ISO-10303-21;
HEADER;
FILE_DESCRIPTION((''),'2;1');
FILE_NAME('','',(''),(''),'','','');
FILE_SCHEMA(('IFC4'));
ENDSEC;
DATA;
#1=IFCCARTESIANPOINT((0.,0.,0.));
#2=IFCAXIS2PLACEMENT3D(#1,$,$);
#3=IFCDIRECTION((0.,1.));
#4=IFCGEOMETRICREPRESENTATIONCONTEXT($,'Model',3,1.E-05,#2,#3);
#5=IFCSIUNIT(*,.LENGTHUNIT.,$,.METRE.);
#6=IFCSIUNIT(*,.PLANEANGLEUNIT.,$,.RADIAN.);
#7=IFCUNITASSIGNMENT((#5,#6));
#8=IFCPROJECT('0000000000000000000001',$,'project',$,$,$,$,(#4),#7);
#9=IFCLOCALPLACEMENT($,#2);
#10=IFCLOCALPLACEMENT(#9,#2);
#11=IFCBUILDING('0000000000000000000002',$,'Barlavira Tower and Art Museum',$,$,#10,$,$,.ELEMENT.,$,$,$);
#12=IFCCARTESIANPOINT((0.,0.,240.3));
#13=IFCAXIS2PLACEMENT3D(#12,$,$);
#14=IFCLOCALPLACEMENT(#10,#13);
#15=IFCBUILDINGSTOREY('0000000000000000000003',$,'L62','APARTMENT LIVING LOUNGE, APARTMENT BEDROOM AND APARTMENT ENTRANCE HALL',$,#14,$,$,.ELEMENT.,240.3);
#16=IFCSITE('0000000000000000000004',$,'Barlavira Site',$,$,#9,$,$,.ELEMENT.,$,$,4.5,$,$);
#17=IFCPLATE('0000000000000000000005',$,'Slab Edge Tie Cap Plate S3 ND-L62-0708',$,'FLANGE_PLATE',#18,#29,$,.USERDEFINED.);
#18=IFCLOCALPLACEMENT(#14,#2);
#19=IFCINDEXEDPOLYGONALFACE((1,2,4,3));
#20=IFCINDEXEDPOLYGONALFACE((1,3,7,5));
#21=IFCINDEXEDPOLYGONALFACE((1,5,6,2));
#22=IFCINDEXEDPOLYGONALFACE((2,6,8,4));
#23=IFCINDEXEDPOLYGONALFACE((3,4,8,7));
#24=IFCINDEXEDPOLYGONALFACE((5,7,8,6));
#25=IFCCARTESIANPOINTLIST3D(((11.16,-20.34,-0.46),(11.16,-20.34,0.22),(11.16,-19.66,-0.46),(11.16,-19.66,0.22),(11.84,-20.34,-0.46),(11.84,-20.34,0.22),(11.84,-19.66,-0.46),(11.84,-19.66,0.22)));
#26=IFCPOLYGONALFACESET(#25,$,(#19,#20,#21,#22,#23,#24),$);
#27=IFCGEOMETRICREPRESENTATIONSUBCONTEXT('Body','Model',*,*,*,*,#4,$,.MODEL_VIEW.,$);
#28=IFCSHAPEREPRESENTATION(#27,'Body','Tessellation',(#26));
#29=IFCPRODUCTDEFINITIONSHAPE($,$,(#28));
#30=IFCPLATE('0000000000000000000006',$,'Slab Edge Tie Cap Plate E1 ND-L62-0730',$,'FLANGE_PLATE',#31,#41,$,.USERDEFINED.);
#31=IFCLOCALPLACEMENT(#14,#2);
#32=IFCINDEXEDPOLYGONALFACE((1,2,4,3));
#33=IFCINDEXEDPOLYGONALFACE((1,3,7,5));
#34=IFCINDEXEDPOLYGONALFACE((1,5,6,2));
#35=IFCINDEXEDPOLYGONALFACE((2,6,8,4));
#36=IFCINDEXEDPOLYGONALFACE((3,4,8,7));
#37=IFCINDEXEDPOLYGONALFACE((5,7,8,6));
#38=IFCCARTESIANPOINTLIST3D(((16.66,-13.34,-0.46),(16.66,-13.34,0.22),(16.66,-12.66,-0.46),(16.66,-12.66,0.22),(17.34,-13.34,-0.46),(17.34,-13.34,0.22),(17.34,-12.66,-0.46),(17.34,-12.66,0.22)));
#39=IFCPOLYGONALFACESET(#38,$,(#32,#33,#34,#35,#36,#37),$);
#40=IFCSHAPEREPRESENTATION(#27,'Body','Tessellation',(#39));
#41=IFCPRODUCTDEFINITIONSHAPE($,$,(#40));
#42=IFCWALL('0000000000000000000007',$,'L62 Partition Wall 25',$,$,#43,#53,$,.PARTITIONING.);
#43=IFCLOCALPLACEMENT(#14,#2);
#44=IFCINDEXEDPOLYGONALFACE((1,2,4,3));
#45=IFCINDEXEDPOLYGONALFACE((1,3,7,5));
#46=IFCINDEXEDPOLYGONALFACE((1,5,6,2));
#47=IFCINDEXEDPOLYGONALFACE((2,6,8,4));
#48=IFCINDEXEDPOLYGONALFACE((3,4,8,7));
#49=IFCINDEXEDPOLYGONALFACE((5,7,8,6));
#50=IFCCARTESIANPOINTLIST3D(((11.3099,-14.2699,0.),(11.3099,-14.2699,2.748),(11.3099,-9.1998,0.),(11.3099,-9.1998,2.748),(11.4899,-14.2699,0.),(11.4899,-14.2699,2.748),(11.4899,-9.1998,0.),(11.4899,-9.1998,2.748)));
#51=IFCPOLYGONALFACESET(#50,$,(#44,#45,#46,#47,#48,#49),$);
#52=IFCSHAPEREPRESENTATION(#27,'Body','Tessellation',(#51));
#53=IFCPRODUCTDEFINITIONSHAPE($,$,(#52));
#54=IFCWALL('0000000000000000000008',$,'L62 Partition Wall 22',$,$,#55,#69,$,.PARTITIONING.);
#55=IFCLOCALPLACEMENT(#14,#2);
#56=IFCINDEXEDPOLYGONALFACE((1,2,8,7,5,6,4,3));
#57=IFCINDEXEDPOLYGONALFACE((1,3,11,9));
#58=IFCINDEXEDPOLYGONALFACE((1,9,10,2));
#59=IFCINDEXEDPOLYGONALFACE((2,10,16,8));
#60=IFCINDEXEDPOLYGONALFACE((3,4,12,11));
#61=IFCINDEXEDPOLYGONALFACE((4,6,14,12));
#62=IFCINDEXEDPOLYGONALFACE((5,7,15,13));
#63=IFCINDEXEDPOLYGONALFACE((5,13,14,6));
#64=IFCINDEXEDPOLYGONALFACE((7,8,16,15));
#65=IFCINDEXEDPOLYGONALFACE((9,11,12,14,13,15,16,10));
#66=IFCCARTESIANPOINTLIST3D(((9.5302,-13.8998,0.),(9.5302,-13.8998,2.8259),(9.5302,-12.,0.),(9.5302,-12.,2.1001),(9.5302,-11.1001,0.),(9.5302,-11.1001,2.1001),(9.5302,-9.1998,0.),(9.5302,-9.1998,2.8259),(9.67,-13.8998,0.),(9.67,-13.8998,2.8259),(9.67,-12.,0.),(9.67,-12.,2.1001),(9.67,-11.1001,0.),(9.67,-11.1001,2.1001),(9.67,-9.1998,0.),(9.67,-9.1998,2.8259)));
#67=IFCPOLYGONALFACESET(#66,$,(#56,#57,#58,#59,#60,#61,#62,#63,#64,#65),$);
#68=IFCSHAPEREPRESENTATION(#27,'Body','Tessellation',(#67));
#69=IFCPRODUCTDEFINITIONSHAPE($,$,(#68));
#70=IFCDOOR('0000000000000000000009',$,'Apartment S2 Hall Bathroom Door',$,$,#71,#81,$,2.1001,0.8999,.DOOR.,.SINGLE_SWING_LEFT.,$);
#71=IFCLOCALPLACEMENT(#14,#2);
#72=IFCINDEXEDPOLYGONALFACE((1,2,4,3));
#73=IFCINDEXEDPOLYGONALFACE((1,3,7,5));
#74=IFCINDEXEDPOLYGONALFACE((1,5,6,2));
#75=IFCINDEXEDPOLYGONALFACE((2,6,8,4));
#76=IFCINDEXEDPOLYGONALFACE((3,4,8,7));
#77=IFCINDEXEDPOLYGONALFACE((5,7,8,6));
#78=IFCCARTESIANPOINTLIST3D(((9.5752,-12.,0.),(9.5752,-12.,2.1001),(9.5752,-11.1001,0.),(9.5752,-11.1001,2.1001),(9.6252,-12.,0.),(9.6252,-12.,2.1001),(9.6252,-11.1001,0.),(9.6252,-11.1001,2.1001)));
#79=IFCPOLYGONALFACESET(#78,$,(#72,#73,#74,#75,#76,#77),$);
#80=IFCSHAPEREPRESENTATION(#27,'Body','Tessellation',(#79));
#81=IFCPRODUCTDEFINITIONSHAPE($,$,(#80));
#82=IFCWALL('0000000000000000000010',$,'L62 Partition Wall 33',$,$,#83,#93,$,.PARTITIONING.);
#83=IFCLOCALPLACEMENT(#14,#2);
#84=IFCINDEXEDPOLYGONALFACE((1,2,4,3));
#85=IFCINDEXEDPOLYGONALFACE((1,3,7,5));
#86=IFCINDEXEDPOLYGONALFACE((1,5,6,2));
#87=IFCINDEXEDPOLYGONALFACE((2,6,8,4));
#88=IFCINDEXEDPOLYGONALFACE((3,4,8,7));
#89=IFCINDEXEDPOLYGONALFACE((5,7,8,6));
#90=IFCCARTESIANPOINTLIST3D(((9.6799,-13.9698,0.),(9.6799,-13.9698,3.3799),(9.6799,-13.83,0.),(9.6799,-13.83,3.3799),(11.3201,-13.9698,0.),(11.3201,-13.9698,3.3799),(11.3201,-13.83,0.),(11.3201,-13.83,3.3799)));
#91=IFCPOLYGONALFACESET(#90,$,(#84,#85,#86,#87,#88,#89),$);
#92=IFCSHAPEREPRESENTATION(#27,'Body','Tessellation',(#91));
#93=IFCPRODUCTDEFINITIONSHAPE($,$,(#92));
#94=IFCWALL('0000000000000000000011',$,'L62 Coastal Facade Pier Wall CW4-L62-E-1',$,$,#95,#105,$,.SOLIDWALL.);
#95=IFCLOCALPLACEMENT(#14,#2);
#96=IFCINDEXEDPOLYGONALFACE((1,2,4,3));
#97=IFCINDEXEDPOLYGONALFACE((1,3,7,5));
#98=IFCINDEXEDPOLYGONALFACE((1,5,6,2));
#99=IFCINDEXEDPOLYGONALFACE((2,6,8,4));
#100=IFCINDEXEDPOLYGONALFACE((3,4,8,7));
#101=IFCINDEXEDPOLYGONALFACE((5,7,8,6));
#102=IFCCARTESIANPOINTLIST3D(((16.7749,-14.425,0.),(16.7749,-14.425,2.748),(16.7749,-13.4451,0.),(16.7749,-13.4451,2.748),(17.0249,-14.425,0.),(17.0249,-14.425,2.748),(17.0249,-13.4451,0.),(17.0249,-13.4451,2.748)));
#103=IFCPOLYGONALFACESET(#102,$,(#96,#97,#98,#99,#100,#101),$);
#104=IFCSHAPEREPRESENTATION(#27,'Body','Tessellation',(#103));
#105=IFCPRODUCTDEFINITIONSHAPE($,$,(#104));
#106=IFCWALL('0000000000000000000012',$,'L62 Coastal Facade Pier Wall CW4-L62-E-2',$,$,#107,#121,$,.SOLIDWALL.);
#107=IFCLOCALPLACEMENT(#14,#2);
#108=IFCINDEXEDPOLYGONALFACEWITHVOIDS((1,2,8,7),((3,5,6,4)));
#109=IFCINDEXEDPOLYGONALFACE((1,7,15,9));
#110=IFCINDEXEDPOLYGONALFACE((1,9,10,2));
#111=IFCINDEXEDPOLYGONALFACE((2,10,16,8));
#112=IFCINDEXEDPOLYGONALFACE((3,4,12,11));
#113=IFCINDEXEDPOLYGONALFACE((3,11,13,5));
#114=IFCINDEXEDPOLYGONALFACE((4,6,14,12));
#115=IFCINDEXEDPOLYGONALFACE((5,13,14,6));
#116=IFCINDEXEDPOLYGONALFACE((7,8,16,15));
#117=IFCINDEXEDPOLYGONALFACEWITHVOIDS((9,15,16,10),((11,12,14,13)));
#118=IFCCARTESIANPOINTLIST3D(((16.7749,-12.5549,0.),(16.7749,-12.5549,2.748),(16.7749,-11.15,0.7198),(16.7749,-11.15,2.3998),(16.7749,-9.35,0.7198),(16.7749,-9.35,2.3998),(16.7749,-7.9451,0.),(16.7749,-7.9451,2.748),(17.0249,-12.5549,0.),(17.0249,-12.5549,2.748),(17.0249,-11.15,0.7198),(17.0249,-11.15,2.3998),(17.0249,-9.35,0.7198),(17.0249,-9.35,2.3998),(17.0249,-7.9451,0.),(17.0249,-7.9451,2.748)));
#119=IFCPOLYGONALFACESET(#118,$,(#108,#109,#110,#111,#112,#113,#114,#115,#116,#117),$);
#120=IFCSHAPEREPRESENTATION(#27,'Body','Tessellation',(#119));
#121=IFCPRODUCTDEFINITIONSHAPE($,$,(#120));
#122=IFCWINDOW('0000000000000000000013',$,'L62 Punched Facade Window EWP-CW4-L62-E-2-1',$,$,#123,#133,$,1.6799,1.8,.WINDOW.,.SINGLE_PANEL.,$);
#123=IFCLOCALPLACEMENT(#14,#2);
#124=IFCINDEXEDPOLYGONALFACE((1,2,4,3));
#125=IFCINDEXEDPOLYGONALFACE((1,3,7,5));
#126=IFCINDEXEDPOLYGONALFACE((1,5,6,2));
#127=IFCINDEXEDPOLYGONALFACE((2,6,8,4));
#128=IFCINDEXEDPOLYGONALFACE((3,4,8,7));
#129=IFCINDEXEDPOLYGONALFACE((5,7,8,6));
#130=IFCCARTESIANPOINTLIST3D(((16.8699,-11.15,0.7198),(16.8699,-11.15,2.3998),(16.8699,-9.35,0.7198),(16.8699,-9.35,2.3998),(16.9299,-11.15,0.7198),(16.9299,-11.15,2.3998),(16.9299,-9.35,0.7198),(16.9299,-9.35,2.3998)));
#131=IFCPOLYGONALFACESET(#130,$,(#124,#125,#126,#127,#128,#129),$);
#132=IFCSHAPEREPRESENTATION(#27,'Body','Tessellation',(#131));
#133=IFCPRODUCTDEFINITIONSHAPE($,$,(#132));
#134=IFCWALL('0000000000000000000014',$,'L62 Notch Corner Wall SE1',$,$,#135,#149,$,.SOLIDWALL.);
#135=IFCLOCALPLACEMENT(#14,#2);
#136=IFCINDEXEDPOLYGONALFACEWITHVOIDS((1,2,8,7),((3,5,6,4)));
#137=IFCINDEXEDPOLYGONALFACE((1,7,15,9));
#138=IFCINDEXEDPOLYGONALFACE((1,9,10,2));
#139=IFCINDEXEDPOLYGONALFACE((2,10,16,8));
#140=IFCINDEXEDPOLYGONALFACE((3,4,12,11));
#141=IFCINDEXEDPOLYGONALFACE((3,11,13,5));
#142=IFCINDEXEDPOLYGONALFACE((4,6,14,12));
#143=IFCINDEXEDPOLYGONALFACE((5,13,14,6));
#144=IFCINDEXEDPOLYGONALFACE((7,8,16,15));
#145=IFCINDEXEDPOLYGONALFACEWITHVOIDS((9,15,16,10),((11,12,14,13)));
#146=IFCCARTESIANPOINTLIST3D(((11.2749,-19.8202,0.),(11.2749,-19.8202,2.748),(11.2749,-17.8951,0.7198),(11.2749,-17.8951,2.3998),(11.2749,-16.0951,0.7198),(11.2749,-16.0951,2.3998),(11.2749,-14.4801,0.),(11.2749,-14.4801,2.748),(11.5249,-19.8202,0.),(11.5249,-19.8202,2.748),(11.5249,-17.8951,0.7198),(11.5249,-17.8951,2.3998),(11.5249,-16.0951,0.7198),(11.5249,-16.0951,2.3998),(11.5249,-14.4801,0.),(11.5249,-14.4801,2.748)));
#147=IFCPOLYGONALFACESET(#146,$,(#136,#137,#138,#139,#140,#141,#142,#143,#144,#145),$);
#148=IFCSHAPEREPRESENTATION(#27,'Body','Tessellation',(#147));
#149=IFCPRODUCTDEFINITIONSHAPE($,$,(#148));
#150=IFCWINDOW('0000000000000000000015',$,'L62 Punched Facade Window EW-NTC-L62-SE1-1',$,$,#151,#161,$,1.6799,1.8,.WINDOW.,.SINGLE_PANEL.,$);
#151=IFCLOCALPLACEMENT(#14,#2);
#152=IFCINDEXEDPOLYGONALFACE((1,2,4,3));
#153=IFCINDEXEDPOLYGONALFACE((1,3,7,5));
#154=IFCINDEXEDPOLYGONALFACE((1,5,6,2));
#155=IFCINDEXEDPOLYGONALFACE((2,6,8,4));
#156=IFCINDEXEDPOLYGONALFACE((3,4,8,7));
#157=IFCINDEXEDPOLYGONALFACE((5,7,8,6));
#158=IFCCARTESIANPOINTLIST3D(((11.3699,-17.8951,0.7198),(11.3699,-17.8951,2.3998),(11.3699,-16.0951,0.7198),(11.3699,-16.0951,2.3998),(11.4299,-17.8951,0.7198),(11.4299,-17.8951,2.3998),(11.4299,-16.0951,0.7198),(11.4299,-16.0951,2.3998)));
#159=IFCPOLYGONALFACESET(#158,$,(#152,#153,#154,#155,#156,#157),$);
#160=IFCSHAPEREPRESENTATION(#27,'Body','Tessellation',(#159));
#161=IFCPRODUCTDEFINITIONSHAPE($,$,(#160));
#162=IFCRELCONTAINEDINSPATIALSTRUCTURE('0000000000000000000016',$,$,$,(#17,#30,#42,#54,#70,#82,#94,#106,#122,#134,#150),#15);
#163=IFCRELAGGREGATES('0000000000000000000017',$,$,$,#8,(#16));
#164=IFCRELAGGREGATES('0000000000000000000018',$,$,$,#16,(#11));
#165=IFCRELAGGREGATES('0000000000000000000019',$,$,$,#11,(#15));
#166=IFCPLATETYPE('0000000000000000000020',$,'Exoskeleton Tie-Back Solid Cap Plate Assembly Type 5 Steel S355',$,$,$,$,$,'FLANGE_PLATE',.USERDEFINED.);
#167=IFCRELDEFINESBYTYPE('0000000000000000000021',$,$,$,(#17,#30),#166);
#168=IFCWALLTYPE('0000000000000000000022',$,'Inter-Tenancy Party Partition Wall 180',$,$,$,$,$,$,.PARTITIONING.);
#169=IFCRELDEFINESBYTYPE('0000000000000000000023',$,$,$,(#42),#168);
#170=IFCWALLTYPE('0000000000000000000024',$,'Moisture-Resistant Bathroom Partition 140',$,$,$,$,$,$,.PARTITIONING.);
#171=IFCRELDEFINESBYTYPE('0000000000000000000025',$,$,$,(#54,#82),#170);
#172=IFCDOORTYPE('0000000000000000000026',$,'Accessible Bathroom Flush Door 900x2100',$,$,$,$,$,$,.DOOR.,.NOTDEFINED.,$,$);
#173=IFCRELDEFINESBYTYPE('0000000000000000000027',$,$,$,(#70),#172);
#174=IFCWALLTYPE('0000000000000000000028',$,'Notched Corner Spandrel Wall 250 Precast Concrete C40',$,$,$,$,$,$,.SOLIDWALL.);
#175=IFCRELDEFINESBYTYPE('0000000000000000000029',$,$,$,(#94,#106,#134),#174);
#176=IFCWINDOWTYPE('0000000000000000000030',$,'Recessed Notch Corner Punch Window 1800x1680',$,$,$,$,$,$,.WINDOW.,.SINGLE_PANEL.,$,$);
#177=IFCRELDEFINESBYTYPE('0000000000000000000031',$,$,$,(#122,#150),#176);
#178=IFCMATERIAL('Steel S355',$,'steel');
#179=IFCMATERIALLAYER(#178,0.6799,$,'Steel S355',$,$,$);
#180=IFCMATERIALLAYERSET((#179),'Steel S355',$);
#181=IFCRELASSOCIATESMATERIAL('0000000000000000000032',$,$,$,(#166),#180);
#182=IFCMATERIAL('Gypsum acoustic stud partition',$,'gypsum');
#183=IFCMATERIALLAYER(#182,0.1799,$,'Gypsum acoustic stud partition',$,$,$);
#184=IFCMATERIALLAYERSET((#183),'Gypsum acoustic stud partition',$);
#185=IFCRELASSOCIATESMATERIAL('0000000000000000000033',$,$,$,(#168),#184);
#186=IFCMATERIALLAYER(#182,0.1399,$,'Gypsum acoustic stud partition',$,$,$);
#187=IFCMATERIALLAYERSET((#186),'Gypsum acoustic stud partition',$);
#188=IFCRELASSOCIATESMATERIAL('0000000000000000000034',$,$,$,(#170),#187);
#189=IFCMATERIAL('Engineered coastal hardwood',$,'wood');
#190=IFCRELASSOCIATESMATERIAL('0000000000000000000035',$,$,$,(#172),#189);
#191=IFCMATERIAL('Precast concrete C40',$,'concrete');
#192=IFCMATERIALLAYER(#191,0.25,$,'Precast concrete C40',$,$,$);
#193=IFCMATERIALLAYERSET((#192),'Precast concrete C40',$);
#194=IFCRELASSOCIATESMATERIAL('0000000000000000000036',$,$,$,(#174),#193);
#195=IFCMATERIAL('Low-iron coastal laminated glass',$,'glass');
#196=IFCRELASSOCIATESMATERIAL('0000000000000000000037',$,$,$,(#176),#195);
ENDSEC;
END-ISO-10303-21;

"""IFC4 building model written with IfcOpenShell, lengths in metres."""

from ifc_helpers import new_model, si_unit, direction, frame, frame_2d, origin, origin_2d, place, context, subcontext, project, spatial, rectangle, extrude, material, layer, layer_set, type_object, element, fill, save


model = new_model("IFC4")

# Units and contexts
model_context = context("Model", 3, precision=1e-05, world=origin(), true_north=direction((0.0, 1.0)))
body_context = subcontext(model_context, "Body", "Model", "MODEL_VIEW")
ifc_project = project(units=[si_unit("LENGTHUNIT", "METRE"), si_unit("PLANEANGLEUNIT", "RADIAN")], contexts=[model_context])

# Site, building, storey
site_placement = place(None, origin())
site = spatial("IfcSite", under=ifc_project, at=site_placement, Name="Barlavira Site", CompositionType="ELEMENT", RefElevation=4.5)
building_placement = place(site_placement, origin())
building = spatial("IfcBuilding", under=site, at=building_placement, Name="Barlavira Tower and Art Museum", CompositionType="ELEMENT")
storey_placement = place(building_placement, frame((0.0, 0.0, 240.3)))
storey = spatial("IfcBuildingStorey", under=building, at=storey_placement, Name="L62", Description="APARTMENT LIVING LOUNGE, APARTMENT BEDROOM AND APARTMENT ENTRANCE HALL", CompositionType="ELEMENT", Elevation=240.3)

# Shared definitions
ifc_material_1 = material(Name="Steel S355", Category="steel")

# Plates
ifc_layer_1 = layer(ifc_material_1, 0.6799, Name="Steel S355")
ifc_layer_set_1 = layer_set([ifc_layer_1], Name="Steel S355")
plate_type = type_object("IfcPlateType", Name="Exoskeleton Tie-Back Solid Cap Plate Assembly Type 5 Steel S355", ElementType="FLANGE_PLATE", PredefinedType="USERDEFINED", material=ifc_layer_set_1)
for number, where, z_axis, x_axis, name in (
    (1, (11.5, -20.0, -0.46), (0.0, 0.0, 1.0), (1.0, 0.0, 0.0), "Slab Edge Tie Cap Plate S3 ND-L62-0708"),
    (2, (17.0, -13.0, -0.46), (0.0, 0.0, 1.0), (1.0, 0.0, 0.0), "Slab Edge Tie Cap Plate E1 ND-L62-0730"),
):
    element("IfcPlate", number, at=place(storey_placement, frame(where, z_axis=z_axis, x_axis=x_axis)), inside=storey, type_object=plate_type, Name=name, ObjectType="FLANGE_PLATE", PredefinedType="USERDEFINED", context=body_context, shape_type="SweptSolid", body=[
        extrude(rectangle(XDim=0.6799, YDim=0.6799, at=origin_2d()), origin(), (0.0, 0.0, 1.0), 0.6799),
    ])

# Wall
ifc_material_2 = material(Name="Gypsum acoustic stud partition", Category="gypsum")
ifc_layer_2 = layer(ifc_material_2, 0.1799, Name="Gypsum acoustic stud partition")
ifc_layer_set_2 = layer_set([ifc_layer_2], Name="Gypsum acoustic stud partition")
wall_type_1 = type_object("IfcWallType", Name="Inter-Tenancy Party Partition Wall 180", PredefinedType="PARTITIONING", material=ifc_layer_set_2)
wall_1_placement = place(storey_placement, frame((11.3999, -14.27, 0.0), z_axis=(0.0, 0.0, 1.0), x_axis=(0.0, 1.0, 0.0)))
element("IfcWall", 3, at=wall_1_placement, inside=storey, type_object=wall_type_1, Name="L62 Partition Wall 25", PredefinedType="PARTITIONING", context=body_context, shape_type="SweptSolid", body=[
    extrude(rectangle(XDim=5.0701, YDim=0.1799, at=frame_2d((2.5352, 0.0))), origin(), (0.0, 0.0, 1.0), 2.748),
])

# Wall, opening, door
ifc_layer_3 = layer(ifc_material_2, 0.1399, Name="Gypsum acoustic stud partition")
ifc_layer_set_3 = layer_set([ifc_layer_3], Name="Gypsum acoustic stud partition")
wall_type_2 = type_object("IfcWallType", Name="Moisture-Resistant Bathroom Partition 140", PredefinedType="PARTITIONING", material=ifc_layer_set_3)
wall_2_placement = place(storey_placement, frame((9.6001, -13.8999, 0.0), z_axis=(0.0, 0.0, 1.0), x_axis=(0.0, 1.0, 0.0)))
wall_2 = element("IfcWall", 4, at=wall_2_placement, inside=storey, type_object=wall_type_2, Name="L62 Partition Wall 22", PredefinedType="PARTITIONING", context=body_context, shape_type="SweptSolid", body=[
    extrude(rectangle(XDim=4.7, YDim=0.1399, at=frame_2d((2.3501, 0.0))), origin(), (0.0, 0.0, 1.0), 2.8259),
])
opening_1_placement = place(wall_2_placement, frame((1.8999, 0.0, 0.0)))
opening_1 = element("IfcOpeningElement", 5, at=opening_1_placement, cuts=wall_2, PredefinedType="OPENING", context=body_context, shape_type="SweptSolid", body=[
    extrude(rectangle(XDim=0.8999, YDim=2.1001, at=frame_2d((0.45, 1.05))), frame((0.0, 0.0801, 0.0), z_axis=(0.0, -1.0, 0.0), x_axis=(1.0, 0.0, 0.0)), (0.0, 0.0, 1.0), 0.1599),
])
ifc_material_3 = material(Name="Engineered coastal hardwood", Category="wood")
door_type = type_object("IfcDoorType", Name="Accessible Bathroom Flush Door 900x2100", OperationType="NOTDEFINED", PredefinedType="DOOR", material=ifc_material_3)
door_placement = place(opening_1_placement, origin())
door = element("IfcDoor", 6, at=door_placement, inside=storey, type_object=door_type, Name="Apartment S2 Hall Bathroom Door", OperationType="SINGLE_SWING_LEFT", OverallHeight=2.1001, OverallWidth=0.8999, PredefinedType="DOOR", context=body_context, shape_type="SweptSolid", body=[
    extrude(rectangle(XDim=0.8999, YDim=2.1001, at=frame_2d((0.45, 1.05))), frame((0.0, 0.0249, 0.0), z_axis=(0.0, -1.0, 0.0), x_axis=(1.0, 0.0, 0.0)), (0.0, 0.0, 1.0), 0.05),
])
fill(opening_1, door)

# Walls
wall_3_placement = place(storey_placement, frame((9.6799, -13.8999, 0.0), z_axis=(0.0, 0.0, 1.0), x_axis=(1.0, 0.0, 0.0)))
element("IfcWall", 7, at=wall_3_placement, inside=storey, type_object=wall_type_2, Name="L62 Partition Wall 33", PredefinedType="PARTITIONING", context=body_context, shape_type="SweptSolid", body=[
    extrude(rectangle(XDim=1.6401, YDim=0.1399, at=frame_2d((0.8201, 0.0))), origin(), (0.0, 0.0, 1.0), 3.3799),
])
ifc_material_4 = material(Name="Precast concrete C40", Category="concrete")
ifc_layer_4 = layer(ifc_material_4, 0.25, Name="Precast concrete C40")
ifc_layer_set_4 = layer_set([ifc_layer_4], Name="Precast concrete C40")
wall_type_3 = type_object("IfcWallType", Name="Notched Corner Spandrel Wall 250 Precast Concrete C40", PredefinedType="SOLIDWALL", material=ifc_layer_set_4)
wall_4_placement = place(storey_placement, frame((16.8999, -14.425, 0.0), z_axis=(0.0, 0.0, 1.0), x_axis=(0.0, 1.0, 0.0)))
element("IfcWall", 8, at=wall_4_placement, inside=storey, type_object=wall_type_3, Name="L62 Coastal Facade Pier Wall CW4-L62-E-1", PredefinedType="SOLIDWALL", context=body_context, shape_type="SweptSolid", body=[
    extrude(rectangle(XDim=0.98, YDim=0.25, at=frame_2d((0.49, 0.0))), origin(), (0.0, 0.0, 1.0), 2.748),
])

# Walls, openings, windows
wall_5_placement = place(storey_placement, frame((16.8999, -12.5549, 0.0), z_axis=(0.0, 0.0, 1.0), x_axis=(0.0, 1.0, 0.0)))
wall_5 = element("IfcWall", 9, at=wall_5_placement, inside=storey, type_object=wall_type_3, Name="L62 Coastal Facade Pier Wall CW4-L62-E-2", PredefinedType="SOLIDWALL", context=body_context, shape_type="SweptSolid", body=[
    extrude(rectangle(XDim=4.6099, YDim=0.25, at=frame_2d((2.3049, 0.0))), origin(), (0.0, 0.0, 1.0), 2.748),
])
opening_2_placement = place(wall_5_placement, frame((1.405, 0.0, 0.72)))
opening_2 = element("IfcOpeningElement", 10, at=opening_2_placement, cuts=wall_5, PredefinedType="OPENING", context=body_context, shape_type="SweptSolid", body=[
    extrude(rectangle(XDim=1.8, YDim=1.6799, at=frame_2d((0.8999, 0.8398))), frame((0.0, 0.135, 0.0), z_axis=(0.0, -1.0, 0.0), x_axis=(1.0, 0.0, 0.0)), (0.0, 0.0, 1.0), 0.27),
])
ifc_material_5 = material(Name="Low-iron coastal laminated glass", Category="glass")
window_type = type_object("IfcWindowType", Name="Recessed Notch Corner Punch Window 1800x1680", PartitioningType="SINGLE_PANEL", PredefinedType="WINDOW", material=ifc_material_5)
window_1_placement = place(opening_2_placement, origin())
window_1 = element("IfcWindow", 11, at=window_1_placement, inside=storey, type_object=window_type, Name="L62 Punched Facade Window EWP-CW4-L62-E-2-1", OverallHeight=1.6799, OverallWidth=1.8, PartitioningType="SINGLE_PANEL", PredefinedType="WINDOW", context=body_context, shape_type="SweptSolid", body=[
    extrude(rectangle(XDim=1.8, YDim=1.6799, at=frame_2d((0.8999, 0.8398))), frame((0.0, 0.03, 0.0), z_axis=(0.0, -1.0, 0.0), x_axis=(1.0, 0.0, 0.0)), (0.0, 0.0, 1.0), 0.0601),
])
fill(opening_2, window_1)
wall_6_placement = place(storey_placement, frame((11.3999, -19.8201, 0.0), z_axis=(0.0, 0.0, 1.0), x_axis=(0.0, 1.0, 0.0)))
wall_6 = element("IfcWall", 12, at=wall_6_placement, inside=storey, type_object=wall_type_3, Name="L62 Notch Corner Wall SE1", PredefinedType="SOLIDWALL", context=body_context, shape_type="SweptSolid", body=[
    extrude(rectangle(XDim=5.3401, YDim=0.25, at=frame_2d((2.6699, 0.0))), origin(), (0.0, 0.0, 1.0), 2.748),
])
opening_3_placement = place(wall_6_placement, frame((1.925, 0.0, 0.72)))
opening_3 = element("IfcOpeningElement", 13, at=opening_3_placement, cuts=wall_6, PredefinedType="OPENING", context=body_context, shape_type="SweptSolid", body=[
    extrude(rectangle(XDim=1.8, YDim=1.6799, at=frame_2d((0.8999, 0.8398))), frame((0.0, 0.135, 0.0), z_axis=(0.0, -1.0, 0.0), x_axis=(1.0, 0.0, 0.0)), (0.0, 0.0, 1.0), 0.27),
])
window_2_placement = place(opening_3_placement, origin())
window_2 = element("IfcWindow", 14, at=window_2_placement, inside=storey, type_object=window_type, Name="L62 Punched Facade Window EW-NTC-L62-SE1-1", OverallHeight=1.6799, OverallWidth=1.8, PartitioningType="SINGLE_PANEL", PredefinedType="WINDOW", context=body_context, shape_type="SweptSolid", body=[
    extrude(rectangle(XDim=1.8, YDim=1.6799, at=frame_2d((0.8999, 0.8398))), frame((0.0, 0.03, 0.0), z_axis=(0.0, -1.0, 0.0), x_axis=(1.0, 0.0, 0.0)), (0.0, 0.0, 1.0), 0.0601),
])
fill(opening_3, window_2)

save(model, "model.ifc")
